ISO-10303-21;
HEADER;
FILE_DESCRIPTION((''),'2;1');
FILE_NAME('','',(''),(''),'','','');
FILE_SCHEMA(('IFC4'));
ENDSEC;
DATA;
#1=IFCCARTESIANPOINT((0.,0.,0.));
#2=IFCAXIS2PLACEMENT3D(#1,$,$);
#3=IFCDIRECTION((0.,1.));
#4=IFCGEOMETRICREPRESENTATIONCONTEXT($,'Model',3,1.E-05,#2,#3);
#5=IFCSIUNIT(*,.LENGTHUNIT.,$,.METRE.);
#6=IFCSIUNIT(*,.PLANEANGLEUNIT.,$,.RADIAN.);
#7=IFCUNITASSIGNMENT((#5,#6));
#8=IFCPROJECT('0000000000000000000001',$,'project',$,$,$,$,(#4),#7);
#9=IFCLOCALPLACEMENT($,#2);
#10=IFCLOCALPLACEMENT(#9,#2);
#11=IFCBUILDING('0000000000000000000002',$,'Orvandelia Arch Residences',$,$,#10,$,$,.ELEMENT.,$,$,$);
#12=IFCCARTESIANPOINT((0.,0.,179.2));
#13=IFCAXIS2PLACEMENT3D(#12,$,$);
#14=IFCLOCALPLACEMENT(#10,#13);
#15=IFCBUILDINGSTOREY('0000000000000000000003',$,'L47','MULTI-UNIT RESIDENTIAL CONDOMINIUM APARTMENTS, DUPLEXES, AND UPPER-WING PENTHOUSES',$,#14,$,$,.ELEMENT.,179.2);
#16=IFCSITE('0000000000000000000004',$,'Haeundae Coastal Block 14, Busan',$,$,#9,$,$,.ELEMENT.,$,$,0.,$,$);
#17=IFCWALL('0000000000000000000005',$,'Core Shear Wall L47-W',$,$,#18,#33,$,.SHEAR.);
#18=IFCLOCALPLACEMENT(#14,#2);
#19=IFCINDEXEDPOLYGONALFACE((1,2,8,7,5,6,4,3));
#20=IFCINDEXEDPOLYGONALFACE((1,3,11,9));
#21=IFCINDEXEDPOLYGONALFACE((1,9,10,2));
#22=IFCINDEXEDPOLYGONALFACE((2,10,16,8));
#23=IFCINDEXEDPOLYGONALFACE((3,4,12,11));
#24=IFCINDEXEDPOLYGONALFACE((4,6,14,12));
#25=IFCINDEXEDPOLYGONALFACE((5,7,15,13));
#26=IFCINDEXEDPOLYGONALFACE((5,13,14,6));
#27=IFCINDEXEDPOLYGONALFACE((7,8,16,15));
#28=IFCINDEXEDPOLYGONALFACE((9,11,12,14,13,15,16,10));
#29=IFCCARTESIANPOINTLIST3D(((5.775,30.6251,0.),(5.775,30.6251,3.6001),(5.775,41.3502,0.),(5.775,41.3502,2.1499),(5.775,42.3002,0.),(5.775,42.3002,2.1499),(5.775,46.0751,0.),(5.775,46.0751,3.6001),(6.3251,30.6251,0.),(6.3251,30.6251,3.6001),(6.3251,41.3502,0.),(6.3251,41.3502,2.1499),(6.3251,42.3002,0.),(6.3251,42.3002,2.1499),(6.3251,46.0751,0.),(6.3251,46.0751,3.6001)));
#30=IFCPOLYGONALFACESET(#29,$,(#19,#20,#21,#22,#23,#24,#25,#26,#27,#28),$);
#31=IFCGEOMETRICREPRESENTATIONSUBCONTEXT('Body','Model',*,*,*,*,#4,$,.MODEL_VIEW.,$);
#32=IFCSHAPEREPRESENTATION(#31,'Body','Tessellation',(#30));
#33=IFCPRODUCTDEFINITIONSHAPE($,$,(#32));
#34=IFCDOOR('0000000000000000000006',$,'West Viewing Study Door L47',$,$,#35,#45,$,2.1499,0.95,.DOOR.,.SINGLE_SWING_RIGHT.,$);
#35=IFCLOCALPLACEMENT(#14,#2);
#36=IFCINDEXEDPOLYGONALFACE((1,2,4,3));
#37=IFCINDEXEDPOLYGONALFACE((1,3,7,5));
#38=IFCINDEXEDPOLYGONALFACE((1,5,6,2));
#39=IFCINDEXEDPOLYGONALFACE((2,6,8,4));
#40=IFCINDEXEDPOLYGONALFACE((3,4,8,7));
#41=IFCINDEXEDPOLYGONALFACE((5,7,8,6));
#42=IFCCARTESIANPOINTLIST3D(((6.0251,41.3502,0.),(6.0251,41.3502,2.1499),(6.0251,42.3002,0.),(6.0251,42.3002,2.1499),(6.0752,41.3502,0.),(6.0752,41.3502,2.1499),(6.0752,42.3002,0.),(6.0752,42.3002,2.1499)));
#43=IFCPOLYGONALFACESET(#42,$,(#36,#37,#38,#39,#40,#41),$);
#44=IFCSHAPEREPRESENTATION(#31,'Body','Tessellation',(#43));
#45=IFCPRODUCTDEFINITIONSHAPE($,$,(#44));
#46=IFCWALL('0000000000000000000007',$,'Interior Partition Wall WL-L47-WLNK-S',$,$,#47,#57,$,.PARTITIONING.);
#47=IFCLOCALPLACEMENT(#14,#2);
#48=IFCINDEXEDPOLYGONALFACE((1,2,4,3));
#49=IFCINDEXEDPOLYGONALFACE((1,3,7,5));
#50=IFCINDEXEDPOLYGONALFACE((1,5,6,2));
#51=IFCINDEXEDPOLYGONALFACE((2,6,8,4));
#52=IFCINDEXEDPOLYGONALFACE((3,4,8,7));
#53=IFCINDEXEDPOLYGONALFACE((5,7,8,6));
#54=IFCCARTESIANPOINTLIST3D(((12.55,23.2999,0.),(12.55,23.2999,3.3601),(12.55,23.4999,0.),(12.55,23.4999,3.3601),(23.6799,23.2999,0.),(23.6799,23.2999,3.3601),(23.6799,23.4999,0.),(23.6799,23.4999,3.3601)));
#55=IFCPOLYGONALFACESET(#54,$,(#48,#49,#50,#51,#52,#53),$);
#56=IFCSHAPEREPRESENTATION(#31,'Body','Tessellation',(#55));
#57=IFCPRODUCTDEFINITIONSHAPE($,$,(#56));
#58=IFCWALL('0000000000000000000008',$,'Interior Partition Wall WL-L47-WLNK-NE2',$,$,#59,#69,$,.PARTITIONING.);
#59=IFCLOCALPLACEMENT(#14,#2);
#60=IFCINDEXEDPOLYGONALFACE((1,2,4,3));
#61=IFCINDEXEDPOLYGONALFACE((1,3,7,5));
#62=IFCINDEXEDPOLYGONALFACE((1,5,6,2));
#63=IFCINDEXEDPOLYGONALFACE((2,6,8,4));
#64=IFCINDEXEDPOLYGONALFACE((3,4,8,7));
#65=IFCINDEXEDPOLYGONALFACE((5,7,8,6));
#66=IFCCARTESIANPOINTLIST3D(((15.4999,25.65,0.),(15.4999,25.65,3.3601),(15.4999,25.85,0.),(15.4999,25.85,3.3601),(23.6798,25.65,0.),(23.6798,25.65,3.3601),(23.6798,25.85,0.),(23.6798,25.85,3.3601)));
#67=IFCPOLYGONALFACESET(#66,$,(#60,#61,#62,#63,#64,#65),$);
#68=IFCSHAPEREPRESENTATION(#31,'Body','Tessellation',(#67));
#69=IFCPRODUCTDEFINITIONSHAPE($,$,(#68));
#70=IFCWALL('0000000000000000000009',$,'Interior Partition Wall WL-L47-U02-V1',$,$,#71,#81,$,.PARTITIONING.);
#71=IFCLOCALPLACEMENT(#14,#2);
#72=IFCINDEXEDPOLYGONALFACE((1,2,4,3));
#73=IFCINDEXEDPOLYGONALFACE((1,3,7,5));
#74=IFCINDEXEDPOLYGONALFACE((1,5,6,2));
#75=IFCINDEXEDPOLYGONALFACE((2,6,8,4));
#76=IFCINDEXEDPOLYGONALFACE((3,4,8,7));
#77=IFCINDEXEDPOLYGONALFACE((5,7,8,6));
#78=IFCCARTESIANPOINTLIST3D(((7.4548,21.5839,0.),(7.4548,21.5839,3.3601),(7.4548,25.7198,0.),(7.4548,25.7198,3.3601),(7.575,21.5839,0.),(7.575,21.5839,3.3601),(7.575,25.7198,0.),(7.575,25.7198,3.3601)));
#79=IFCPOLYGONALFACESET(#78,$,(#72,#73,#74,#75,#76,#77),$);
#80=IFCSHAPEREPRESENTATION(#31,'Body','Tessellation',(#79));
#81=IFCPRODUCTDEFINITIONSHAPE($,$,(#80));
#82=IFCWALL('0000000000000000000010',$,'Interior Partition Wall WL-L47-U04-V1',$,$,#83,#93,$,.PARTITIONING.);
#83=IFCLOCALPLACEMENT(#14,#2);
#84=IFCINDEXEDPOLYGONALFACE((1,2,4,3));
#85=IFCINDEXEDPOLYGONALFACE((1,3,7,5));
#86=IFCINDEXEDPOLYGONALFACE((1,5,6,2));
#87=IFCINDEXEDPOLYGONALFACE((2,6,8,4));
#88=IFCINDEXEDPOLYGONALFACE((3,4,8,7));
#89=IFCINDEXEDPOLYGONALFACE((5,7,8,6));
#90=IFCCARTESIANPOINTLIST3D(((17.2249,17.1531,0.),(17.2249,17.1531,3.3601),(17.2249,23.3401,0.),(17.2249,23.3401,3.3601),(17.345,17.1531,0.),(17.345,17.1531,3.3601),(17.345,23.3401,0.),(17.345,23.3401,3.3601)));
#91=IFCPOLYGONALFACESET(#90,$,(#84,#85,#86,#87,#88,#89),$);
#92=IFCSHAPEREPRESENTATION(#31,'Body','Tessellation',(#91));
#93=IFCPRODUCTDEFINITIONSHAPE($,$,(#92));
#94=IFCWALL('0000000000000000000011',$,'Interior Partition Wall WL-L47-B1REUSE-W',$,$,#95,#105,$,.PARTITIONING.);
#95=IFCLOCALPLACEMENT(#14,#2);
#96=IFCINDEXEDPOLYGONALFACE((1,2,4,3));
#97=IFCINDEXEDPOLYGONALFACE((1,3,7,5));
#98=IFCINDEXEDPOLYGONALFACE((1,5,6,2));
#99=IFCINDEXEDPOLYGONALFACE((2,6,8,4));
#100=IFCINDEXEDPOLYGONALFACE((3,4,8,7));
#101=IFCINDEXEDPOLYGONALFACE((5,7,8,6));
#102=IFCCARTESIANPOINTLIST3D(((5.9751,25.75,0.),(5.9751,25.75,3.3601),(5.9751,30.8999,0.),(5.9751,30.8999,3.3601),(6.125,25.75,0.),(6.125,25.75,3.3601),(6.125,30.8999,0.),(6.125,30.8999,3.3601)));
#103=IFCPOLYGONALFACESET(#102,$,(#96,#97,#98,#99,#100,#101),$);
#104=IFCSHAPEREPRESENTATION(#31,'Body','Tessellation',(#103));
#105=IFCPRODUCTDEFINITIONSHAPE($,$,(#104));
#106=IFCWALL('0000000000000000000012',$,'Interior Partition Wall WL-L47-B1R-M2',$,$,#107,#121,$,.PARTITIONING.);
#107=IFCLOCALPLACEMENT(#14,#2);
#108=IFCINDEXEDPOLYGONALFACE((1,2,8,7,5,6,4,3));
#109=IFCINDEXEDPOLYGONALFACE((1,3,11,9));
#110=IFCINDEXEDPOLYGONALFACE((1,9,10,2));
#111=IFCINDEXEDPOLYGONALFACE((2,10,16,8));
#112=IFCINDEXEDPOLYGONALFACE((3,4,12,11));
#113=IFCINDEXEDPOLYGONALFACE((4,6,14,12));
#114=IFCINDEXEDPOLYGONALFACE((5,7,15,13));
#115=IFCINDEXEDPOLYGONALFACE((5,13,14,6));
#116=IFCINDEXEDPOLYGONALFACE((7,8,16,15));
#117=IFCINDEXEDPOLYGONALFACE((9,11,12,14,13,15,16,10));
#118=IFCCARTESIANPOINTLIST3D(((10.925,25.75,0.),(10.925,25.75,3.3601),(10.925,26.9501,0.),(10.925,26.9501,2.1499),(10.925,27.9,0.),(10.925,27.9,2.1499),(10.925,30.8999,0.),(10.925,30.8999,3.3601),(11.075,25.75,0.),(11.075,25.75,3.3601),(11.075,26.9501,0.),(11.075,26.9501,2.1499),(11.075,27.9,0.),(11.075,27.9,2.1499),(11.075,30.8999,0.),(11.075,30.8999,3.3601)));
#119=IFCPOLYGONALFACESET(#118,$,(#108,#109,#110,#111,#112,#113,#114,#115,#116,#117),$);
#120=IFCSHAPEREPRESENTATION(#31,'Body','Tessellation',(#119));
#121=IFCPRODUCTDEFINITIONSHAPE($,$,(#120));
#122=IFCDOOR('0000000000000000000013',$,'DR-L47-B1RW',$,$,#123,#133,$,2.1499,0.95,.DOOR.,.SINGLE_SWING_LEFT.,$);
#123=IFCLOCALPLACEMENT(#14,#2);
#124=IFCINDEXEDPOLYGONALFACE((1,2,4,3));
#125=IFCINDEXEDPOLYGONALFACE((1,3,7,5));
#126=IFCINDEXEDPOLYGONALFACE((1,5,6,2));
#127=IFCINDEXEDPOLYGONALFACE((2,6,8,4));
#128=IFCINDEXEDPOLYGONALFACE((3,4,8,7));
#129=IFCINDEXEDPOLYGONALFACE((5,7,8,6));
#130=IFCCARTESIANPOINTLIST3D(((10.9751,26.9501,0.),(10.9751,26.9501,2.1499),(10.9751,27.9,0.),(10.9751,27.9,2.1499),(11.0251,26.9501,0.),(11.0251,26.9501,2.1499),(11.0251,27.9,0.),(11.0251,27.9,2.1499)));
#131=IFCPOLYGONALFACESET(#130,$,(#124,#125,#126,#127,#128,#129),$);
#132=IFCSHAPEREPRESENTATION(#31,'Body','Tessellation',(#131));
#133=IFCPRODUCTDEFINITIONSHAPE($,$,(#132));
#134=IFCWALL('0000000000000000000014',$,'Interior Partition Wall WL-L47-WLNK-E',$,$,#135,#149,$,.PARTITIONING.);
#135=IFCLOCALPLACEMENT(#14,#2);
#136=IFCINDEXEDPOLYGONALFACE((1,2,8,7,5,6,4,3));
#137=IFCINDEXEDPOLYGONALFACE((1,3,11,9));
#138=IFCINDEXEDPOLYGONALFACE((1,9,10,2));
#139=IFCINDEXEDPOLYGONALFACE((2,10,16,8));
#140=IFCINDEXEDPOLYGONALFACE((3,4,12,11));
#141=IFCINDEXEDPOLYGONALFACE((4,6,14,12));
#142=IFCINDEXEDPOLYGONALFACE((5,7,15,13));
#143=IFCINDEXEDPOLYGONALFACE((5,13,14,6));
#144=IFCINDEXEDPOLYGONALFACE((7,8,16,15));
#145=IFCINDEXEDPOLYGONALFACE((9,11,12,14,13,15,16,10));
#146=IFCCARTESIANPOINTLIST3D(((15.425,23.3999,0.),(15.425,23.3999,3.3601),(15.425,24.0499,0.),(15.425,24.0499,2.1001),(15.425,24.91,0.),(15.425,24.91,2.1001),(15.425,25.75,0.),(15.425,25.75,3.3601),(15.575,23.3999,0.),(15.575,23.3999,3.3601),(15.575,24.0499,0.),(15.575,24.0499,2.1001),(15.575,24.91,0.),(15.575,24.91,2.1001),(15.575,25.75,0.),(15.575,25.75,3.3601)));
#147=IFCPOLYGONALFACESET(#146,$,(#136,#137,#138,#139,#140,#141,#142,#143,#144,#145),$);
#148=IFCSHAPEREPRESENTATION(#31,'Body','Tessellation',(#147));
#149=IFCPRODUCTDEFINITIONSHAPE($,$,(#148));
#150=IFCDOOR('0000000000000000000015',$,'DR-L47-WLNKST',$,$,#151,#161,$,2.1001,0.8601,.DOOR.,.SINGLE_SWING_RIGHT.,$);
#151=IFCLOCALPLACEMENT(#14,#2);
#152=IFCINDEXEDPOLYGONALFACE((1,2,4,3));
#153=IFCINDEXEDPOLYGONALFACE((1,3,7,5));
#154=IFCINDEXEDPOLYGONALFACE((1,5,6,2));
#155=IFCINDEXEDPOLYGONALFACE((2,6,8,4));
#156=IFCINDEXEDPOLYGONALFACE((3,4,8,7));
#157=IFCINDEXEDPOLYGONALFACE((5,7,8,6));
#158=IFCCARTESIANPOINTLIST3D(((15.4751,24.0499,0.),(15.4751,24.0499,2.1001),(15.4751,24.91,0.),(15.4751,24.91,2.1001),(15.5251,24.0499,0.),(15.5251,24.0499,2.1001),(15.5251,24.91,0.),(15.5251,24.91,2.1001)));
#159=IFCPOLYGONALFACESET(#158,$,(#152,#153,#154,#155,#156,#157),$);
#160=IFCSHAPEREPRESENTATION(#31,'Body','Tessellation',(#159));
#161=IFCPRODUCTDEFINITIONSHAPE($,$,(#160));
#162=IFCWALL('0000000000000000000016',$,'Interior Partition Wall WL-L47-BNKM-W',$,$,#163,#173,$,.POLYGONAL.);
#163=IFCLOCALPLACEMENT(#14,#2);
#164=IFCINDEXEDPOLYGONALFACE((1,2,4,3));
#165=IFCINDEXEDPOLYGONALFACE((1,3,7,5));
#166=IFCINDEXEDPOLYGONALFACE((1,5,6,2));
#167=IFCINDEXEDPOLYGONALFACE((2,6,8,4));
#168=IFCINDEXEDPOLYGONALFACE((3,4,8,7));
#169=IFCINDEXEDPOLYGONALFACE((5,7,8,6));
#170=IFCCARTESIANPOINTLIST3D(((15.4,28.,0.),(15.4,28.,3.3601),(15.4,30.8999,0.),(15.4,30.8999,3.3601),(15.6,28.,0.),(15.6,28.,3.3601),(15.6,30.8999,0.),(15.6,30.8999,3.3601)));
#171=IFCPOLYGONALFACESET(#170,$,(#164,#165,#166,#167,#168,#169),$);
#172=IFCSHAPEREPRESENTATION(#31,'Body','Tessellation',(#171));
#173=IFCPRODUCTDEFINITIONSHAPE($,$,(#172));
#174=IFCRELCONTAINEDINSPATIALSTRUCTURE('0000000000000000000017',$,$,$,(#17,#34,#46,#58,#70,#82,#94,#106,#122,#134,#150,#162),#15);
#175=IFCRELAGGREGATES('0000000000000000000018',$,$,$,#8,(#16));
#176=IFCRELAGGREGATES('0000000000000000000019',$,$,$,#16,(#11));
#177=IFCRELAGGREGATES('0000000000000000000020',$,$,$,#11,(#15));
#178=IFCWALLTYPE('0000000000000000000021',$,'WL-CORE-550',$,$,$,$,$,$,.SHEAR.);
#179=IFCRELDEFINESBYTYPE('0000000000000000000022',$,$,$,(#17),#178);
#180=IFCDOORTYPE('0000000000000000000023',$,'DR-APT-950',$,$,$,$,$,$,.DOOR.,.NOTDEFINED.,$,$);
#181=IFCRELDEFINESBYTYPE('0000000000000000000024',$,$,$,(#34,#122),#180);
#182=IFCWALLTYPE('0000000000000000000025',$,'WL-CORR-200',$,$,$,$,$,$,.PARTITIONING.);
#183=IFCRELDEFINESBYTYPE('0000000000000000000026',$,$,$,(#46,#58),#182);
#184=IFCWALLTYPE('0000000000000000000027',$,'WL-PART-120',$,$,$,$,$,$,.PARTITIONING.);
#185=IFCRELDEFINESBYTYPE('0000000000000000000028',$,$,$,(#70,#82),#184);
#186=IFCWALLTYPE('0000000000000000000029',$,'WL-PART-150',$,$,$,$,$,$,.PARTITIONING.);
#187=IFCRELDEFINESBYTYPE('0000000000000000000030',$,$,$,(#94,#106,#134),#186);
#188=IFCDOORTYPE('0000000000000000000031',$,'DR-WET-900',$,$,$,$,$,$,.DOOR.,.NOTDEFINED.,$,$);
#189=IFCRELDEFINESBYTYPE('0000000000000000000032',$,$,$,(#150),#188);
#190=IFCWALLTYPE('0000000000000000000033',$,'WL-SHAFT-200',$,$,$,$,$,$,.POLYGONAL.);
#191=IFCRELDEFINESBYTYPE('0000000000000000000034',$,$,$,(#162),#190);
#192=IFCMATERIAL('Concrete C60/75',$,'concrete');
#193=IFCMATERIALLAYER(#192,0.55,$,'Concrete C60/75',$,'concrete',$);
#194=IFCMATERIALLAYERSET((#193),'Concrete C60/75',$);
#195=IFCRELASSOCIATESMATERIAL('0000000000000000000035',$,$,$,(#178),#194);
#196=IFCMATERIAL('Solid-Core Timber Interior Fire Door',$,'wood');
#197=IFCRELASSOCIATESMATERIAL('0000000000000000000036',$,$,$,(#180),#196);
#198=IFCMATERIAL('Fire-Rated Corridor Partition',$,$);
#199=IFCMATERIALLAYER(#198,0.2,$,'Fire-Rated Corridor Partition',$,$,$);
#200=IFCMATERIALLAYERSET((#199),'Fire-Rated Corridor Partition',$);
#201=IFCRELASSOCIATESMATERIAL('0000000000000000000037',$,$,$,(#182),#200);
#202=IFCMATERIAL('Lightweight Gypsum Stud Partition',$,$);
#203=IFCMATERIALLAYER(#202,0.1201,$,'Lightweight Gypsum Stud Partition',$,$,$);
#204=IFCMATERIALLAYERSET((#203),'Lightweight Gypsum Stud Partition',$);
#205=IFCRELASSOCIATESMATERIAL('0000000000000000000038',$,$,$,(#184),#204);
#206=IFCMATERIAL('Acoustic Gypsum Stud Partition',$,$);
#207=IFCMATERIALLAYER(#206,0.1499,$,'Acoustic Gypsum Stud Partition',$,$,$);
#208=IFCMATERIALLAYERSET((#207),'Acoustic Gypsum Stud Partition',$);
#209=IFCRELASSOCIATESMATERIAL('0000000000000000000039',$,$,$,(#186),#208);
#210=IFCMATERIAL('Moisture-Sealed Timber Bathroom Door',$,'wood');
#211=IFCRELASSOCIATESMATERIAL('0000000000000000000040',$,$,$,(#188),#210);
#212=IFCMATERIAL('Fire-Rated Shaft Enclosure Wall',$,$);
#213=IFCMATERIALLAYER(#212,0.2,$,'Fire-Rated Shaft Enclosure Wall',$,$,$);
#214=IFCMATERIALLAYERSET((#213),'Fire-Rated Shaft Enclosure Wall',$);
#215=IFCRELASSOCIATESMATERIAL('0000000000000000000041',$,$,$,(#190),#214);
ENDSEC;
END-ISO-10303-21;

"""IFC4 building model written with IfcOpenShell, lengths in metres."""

from ifc_helpers import new_model, si_unit, direction, frame, frame_2d, origin, place, context, subcontext, project, spatial, rectangle, extrude, material, layer, layer_set, type_object, element, fill, save


model = new_model("IFC4")

# Units and contexts
model_context = context("Model", 3, precision=1e-05, world=origin(), true_north=direction((0.0, 1.0)))
body_context = subcontext(model_context, "Body", "Model", "MODEL_VIEW")
ifc_project = project(units=[si_unit("LENGTHUNIT", "METRE"), si_unit("PLANEANGLEUNIT", "RADIAN")], contexts=[model_context])

# Site, building, storey
site_placement = place(None, origin())
site = spatial("IfcSite", under=ifc_project, at=site_placement, Name="Haeundae Coastal Block 14, Busan", CompositionType="ELEMENT", RefElevation=0.0)
building_placement = place(site_placement, origin())
building = spatial("IfcBuilding", under=site, at=building_placement, Name="Orvandelia Arch Residences", CompositionType="ELEMENT")
storey_placement = place(building_placement, frame((0.0, 0.0, 179.2)))
storey = spatial("IfcBuildingStorey", under=building, at=storey_placement, Name="L47", Description="MULTI-UNIT RESIDENTIAL CONDOMINIUM APARTMENTS, DUPLEXES, AND UPPER-WING PENTHOUSES", CompositionType="ELEMENT", Elevation=179.2)

# Wall, opening, door
ifc_material_1 = material(Name="Concrete C60/75", Category="concrete")
ifc_layer_1 = layer(ifc_material_1, 0.55, Name="Concrete C60/75", Category="concrete")
ifc_layer_set_1 = layer_set([ifc_layer_1], Name="Concrete C60/75")
wall_type_1 = type_object("IfcWallType", Name="WL-CORE-550", PredefinedType="SHEAR", material=ifc_layer_set_1)
wall_1_placement = place(storey_placement, frame((6.05, 30.625, 0.0), z_axis=(0.0, 0.0, 1.0), x_axis=(0.0, 1.0, 0.0)))
wall_1 = element("IfcWall", 1, at=wall_1_placement, inside=storey, type_object=wall_type_1, Name="Core Shear Wall L47-W", PredefinedType="SHEAR", context=body_context, shape_type="SweptSolid", body=[
    extrude(rectangle(XDim=15.45, YDim=0.55, at=frame_2d((7.7251, 0.0))), origin(), (0.0, 0.0, 1.0), 3.6001),
])
opening_1_placement = place(wall_1_placement, frame((10.7251, 0.0, 0.0)))
opening_1 = element("IfcOpeningElement", 2, at=opening_1_placement, cuts=wall_1, PredefinedType="OPENING", context=body_context, shape_type="SweptSolid", body=[
    extrude(rectangle(XDim=0.95, YDim=2.1499, at=frame_2d((0.4751, 1.075))), frame((0.0, 0.2852, 0.0), z_axis=(0.0, -1.0, 0.0), x_axis=(1.0, 0.0, 0.0)), (0.0, 0.0, 1.0), 0.5701),
])
ifc_material_2 = material(Name="Solid-Core Timber Interior Fire Door", Category="wood")
door_type_1 = type_object("IfcDoorType", Name="DR-APT-950", OperationType="NOTDEFINED", PredefinedType="DOOR", material=ifc_material_2)
door_1_placement = place(opening_1_placement, origin())
door_1 = element("IfcDoor", 3, at=door_1_placement, inside=storey, type_object=door_type_1, Name="West Viewing Study Door L47", OperationType="SINGLE_SWING_RIGHT", OverallHeight=2.1499, OverallWidth=0.95, PredefinedType="DOOR", context=body_context, shape_type="SweptSolid", body=[
    extrude(rectangle(XDim=0.95, YDim=2.1499, at=frame_2d((0.4751, 1.075))), frame((0.0, 0.0249, 0.0), z_axis=(0.0, -1.0, 0.0), x_axis=(1.0, 0.0, 0.0)), (0.0, 0.0, 1.0), 0.05),
])
fill(opening_1, door_1)

# Walls
ifc_material_3 = material(Name="Fire-Rated Corridor Partition")
ifc_layer_2 = layer(ifc_material_3, 0.2, Name="Fire-Rated Corridor Partition")
ifc_layer_set_2 = layer_set([ifc_layer_2], Name="Fire-Rated Corridor Partition")
wall_type_2 = type_object("IfcWallType", Name="WL-CORR-200", PredefinedType="PARTITIONING", material=ifc_layer_set_2)
wall_2_placement = place(storey_placement, frame((12.55, 23.3999, 0.0), z_axis=(0.0, 0.0, 1.0), x_axis=(1.0, 0.0, 0.0)))
element("IfcWall", 4, at=wall_2_placement, inside=storey, type_object=wall_type_2, Name="Interior Partition Wall WL-L47-WLNK-S", PredefinedType="PARTITIONING", context=body_context, shape_type="SweptSolid", body=[
    extrude(rectangle(XDim=11.1299, YDim=0.2, at=frame_2d((5.5649, 0.0))), origin(), (0.0, 0.0, 1.0), 3.3601),
])
wall_3_placement = place(storey_placement, frame((15.5, 25.75, 0.0), z_axis=(0.0, 0.0, 1.0), x_axis=(1.0, 0.0, 0.0)))
element("IfcWall", 5, at=wall_3_placement, inside=storey, type_object=wall_type_2, Name="Interior Partition Wall WL-L47-WLNK-NE2", PredefinedType="PARTITIONING", context=body_context, shape_type="SweptSolid", body=[
    extrude(rectangle(XDim=8.1799, YDim=0.2, at=frame_2d((4.0898, 0.0))), origin(), (0.0, 0.0, 1.0), 3.3601),
])
ifc_material_4 = material(Name="Lightweight Gypsum Stud Partition")
ifc_layer_3 = layer(ifc_material_4, 0.1201, Name="Lightweight Gypsum Stud Partition")
ifc_layer_set_3 = layer_set([ifc_layer_3], Name="Lightweight Gypsum Stud Partition")
wall_type_3 = type_object("IfcWallType", Name="WL-PART-120", PredefinedType="PARTITIONING", material=ifc_layer_set_3)
wall_4_placement = place(storey_placement, frame((7.5149, 21.584, 0.0), z_axis=(0.0, 0.0, 1.0), x_axis=(0.0, 1.0, 0.0)))
element("IfcWall", 6, at=wall_4_placement, inside=storey, type_object=wall_type_3, Name="Interior Partition Wall WL-L47-U02-V1", PredefinedType="PARTITIONING", context=body_context, shape_type="SweptSolid", body=[
    extrude(rectangle(XDim=4.136, YDim=0.1201, at=frame_2d((2.0679, 0.0))), origin(), (0.0, 0.0, 1.0), 3.3601),
])
wall_5_placement = place(storey_placement, frame((17.2849, 17.1531, 0.0), z_axis=(0.0, 0.0, 1.0), x_axis=(0.0, 1.0, 0.0)))
element("IfcWall", 7, at=wall_5_placement, inside=storey, type_object=wall_type_3, Name="Interior Partition Wall WL-L47-U04-V1", PredefinedType="PARTITIONING", context=body_context, shape_type="SweptSolid", body=[
    extrude(rectangle(XDim=6.187, YDim=0.1201, at=frame_2d((3.0935, 0.0))), origin(), (0.0, 0.0, 1.0), 3.3601),
])
ifc_material_5 = material(Name="Acoustic Gypsum Stud Partition")
ifc_layer_4 = layer(ifc_material_5, 0.1499, Name="Acoustic Gypsum Stud Partition")
ifc_layer_set_4 = layer_set([ifc_layer_4], Name="Acoustic Gypsum Stud Partition")
wall_type_4 = type_object("IfcWallType", Name="WL-PART-150", PredefinedType="PARTITIONING", material=ifc_layer_set_4)
wall_6_placement = place(storey_placement, frame((6.05, 25.75, 0.0), z_axis=(0.0, 0.0, 1.0), x_axis=(0.0, 1.0, 0.0)))
element("IfcWall", 8, at=wall_6_placement, inside=storey, type_object=wall_type_4, Name="Interior Partition Wall WL-L47-B1REUSE-W", PredefinedType="PARTITIONING", context=body_context, shape_type="SweptSolid", body=[
    extrude(rectangle(XDim=5.1499, YDim=0.1499, at=frame_2d((2.575, 0.0))), origin(), (0.0, 0.0, 1.0), 3.3601),
])

# Walls, openings, doors
wall_7_placement = place(storey_placement, frame((11.0, 25.75, 0.0), z_axis=(0.0, 0.0, 1.0), x_axis=(0.0, 1.0, 0.0)))
wall_7 = element("IfcWall", 9, at=wall_7_placement, inside=storey, type_object=wall_type_4, Name="Interior Partition Wall WL-L47-B1R-M2", PredefinedType="PARTITIONING", context=body_context, shape_type="SweptSolid", body=[
    extrude(rectangle(XDim=5.1499, YDim=0.1499, at=frame_2d((2.575, 0.0))), origin(), (0.0, 0.0, 1.0), 3.3601),
])
opening_2_placement = place(wall_7_placement, frame((1.2, 0.0, 0.0)))
opening_2 = element("IfcOpeningElement", 10, at=opening_2_placement, cuts=wall_7, PredefinedType="OPENING", context=body_context, shape_type="SweptSolid", body=[
    extrude(rectangle(XDim=0.95, YDim=2.1499, at=frame_2d((0.4751, 1.075))), frame((0.0, 0.085, 0.0), z_axis=(0.0, -1.0, 0.0), x_axis=(1.0, 0.0, 0.0)), (0.0, 0.0, 1.0), 0.1699),
])
door_2_placement = place(opening_2_placement, origin())
door_2 = element("IfcDoor", 11, at=door_2_placement, inside=storey, type_object=door_type_1, Name="DR-L47-B1RW", OperationType="SINGLE_SWING_LEFT", OverallHeight=2.1499, OverallWidth=0.95, PredefinedType="DOOR", context=body_context, shape_type="SweptSolid", body=[
    extrude(rectangle(XDim=0.95, YDim=2.1499, at=frame_2d((0.4751, 1.075))), frame((0.0, 0.0249, 0.0), z_axis=(0.0, -1.0, 0.0), x_axis=(1.0, 0.0, 0.0)), (0.0, 0.0, 1.0), 0.05),
])
fill(opening_2, door_2)
wall_8_placement = place(storey_placement, frame((15.5, 23.3999, 0.0), z_axis=(0.0, 0.0, 1.0), x_axis=(0.0, 1.0, 0.0)))
wall_8 = element("IfcWall", 12, at=wall_8_placement, inside=storey, type_object=wall_type_4, Name="Interior Partition Wall WL-L47-WLNK-E", PredefinedType="PARTITIONING", context=body_context, shape_type="SweptSolid", body=[
    extrude(rectangle(XDim=2.3501, YDim=0.1499, at=frame_2d((1.175, 0.0))), origin(), (0.0, 0.0, 1.0), 3.3601),
])
opening_3_placement = place(wall_8_placement, frame((0.6499, 0.0, 0.0)))
opening_3 = element("IfcOpeningElement", 13, at=opening_3_placement, cuts=wall_8, PredefinedType="OPENING", context=body_context, shape_type="SweptSolid", body=[
    extrude(rectangle(XDim=0.8601, YDim=2.1001, at=frame_2d((0.4302, 1.05))), frame((0.0, 0.085, 0.0), z_axis=(0.0, -1.0, 0.0), x_axis=(1.0, 0.0, 0.0)), (0.0, 0.0, 1.0), 0.1699),
])
ifc_material_6 = material(Name="Moisture-Sealed Timber Bathroom Door", Category="wood")
door_type_2 = type_object("IfcDoorType", Name="DR-WET-900", OperationType="NOTDEFINED", PredefinedType="DOOR", material=ifc_material_6)
door_3_placement = place(opening_3_placement, origin())
door_3 = element("IfcDoor", 14, at=door_3_placement, inside=storey, type_object=door_type_2, Name="DR-L47-WLNKST", OperationType="SINGLE_SWING_RIGHT", OverallHeight=2.1001, OverallWidth=0.8601, PredefinedType="DOOR", context=body_context, shape_type="SweptSolid", body=[
    extrude(rectangle(XDim=0.8601, YDim=2.1001, at=frame_2d((0.4302, 1.05))), frame((0.0, 0.0249, 0.0), z_axis=(0.0, -1.0, 0.0), x_axis=(1.0, 0.0, 0.0)), (0.0, 0.0, 1.0), 0.05),
])
fill(opening_3, door_3)
ifc_material_7 = material(Name="Fire-Rated Shaft Enclosure Wall")
ifc_layer_5 = layer(ifc_material_7, 0.2, Name="Fire-Rated Shaft Enclosure Wall")
ifc_layer_set_5 = layer_set([ifc_layer_5], Name="Fire-Rated Shaft Enclosure Wall")
wall_type_5 = type_object("IfcWallType", Name="WL-SHAFT-200", PredefinedType="POLYGONAL", material=ifc_layer_set_5)

# Wall
for number, where, z_axis, x_axis, name in (
    (15, (15.5, 28.0, 0.0), (0.0, 0.0, 1.0), (0.0, 1.0, 0.0), "Interior Partition Wall WL-L47-BNKM-W"),
):
    element("IfcWall", number, at=place(storey_placement, frame(where, z_axis=z_axis, x_axis=x_axis)), inside=storey, type_object=wall_type_5, Name=name, PredefinedType="POLYGONAL", context=body_context, shape_type="SweptSolid", body=[
        extrude(rectangle(XDim=2.8999, YDim=0.2, at=frame_2d((1.45, 0.0))), origin(), (0.0, 0.0, 1.0), 3.3601),
    ])

save(model, "model.ifc")
